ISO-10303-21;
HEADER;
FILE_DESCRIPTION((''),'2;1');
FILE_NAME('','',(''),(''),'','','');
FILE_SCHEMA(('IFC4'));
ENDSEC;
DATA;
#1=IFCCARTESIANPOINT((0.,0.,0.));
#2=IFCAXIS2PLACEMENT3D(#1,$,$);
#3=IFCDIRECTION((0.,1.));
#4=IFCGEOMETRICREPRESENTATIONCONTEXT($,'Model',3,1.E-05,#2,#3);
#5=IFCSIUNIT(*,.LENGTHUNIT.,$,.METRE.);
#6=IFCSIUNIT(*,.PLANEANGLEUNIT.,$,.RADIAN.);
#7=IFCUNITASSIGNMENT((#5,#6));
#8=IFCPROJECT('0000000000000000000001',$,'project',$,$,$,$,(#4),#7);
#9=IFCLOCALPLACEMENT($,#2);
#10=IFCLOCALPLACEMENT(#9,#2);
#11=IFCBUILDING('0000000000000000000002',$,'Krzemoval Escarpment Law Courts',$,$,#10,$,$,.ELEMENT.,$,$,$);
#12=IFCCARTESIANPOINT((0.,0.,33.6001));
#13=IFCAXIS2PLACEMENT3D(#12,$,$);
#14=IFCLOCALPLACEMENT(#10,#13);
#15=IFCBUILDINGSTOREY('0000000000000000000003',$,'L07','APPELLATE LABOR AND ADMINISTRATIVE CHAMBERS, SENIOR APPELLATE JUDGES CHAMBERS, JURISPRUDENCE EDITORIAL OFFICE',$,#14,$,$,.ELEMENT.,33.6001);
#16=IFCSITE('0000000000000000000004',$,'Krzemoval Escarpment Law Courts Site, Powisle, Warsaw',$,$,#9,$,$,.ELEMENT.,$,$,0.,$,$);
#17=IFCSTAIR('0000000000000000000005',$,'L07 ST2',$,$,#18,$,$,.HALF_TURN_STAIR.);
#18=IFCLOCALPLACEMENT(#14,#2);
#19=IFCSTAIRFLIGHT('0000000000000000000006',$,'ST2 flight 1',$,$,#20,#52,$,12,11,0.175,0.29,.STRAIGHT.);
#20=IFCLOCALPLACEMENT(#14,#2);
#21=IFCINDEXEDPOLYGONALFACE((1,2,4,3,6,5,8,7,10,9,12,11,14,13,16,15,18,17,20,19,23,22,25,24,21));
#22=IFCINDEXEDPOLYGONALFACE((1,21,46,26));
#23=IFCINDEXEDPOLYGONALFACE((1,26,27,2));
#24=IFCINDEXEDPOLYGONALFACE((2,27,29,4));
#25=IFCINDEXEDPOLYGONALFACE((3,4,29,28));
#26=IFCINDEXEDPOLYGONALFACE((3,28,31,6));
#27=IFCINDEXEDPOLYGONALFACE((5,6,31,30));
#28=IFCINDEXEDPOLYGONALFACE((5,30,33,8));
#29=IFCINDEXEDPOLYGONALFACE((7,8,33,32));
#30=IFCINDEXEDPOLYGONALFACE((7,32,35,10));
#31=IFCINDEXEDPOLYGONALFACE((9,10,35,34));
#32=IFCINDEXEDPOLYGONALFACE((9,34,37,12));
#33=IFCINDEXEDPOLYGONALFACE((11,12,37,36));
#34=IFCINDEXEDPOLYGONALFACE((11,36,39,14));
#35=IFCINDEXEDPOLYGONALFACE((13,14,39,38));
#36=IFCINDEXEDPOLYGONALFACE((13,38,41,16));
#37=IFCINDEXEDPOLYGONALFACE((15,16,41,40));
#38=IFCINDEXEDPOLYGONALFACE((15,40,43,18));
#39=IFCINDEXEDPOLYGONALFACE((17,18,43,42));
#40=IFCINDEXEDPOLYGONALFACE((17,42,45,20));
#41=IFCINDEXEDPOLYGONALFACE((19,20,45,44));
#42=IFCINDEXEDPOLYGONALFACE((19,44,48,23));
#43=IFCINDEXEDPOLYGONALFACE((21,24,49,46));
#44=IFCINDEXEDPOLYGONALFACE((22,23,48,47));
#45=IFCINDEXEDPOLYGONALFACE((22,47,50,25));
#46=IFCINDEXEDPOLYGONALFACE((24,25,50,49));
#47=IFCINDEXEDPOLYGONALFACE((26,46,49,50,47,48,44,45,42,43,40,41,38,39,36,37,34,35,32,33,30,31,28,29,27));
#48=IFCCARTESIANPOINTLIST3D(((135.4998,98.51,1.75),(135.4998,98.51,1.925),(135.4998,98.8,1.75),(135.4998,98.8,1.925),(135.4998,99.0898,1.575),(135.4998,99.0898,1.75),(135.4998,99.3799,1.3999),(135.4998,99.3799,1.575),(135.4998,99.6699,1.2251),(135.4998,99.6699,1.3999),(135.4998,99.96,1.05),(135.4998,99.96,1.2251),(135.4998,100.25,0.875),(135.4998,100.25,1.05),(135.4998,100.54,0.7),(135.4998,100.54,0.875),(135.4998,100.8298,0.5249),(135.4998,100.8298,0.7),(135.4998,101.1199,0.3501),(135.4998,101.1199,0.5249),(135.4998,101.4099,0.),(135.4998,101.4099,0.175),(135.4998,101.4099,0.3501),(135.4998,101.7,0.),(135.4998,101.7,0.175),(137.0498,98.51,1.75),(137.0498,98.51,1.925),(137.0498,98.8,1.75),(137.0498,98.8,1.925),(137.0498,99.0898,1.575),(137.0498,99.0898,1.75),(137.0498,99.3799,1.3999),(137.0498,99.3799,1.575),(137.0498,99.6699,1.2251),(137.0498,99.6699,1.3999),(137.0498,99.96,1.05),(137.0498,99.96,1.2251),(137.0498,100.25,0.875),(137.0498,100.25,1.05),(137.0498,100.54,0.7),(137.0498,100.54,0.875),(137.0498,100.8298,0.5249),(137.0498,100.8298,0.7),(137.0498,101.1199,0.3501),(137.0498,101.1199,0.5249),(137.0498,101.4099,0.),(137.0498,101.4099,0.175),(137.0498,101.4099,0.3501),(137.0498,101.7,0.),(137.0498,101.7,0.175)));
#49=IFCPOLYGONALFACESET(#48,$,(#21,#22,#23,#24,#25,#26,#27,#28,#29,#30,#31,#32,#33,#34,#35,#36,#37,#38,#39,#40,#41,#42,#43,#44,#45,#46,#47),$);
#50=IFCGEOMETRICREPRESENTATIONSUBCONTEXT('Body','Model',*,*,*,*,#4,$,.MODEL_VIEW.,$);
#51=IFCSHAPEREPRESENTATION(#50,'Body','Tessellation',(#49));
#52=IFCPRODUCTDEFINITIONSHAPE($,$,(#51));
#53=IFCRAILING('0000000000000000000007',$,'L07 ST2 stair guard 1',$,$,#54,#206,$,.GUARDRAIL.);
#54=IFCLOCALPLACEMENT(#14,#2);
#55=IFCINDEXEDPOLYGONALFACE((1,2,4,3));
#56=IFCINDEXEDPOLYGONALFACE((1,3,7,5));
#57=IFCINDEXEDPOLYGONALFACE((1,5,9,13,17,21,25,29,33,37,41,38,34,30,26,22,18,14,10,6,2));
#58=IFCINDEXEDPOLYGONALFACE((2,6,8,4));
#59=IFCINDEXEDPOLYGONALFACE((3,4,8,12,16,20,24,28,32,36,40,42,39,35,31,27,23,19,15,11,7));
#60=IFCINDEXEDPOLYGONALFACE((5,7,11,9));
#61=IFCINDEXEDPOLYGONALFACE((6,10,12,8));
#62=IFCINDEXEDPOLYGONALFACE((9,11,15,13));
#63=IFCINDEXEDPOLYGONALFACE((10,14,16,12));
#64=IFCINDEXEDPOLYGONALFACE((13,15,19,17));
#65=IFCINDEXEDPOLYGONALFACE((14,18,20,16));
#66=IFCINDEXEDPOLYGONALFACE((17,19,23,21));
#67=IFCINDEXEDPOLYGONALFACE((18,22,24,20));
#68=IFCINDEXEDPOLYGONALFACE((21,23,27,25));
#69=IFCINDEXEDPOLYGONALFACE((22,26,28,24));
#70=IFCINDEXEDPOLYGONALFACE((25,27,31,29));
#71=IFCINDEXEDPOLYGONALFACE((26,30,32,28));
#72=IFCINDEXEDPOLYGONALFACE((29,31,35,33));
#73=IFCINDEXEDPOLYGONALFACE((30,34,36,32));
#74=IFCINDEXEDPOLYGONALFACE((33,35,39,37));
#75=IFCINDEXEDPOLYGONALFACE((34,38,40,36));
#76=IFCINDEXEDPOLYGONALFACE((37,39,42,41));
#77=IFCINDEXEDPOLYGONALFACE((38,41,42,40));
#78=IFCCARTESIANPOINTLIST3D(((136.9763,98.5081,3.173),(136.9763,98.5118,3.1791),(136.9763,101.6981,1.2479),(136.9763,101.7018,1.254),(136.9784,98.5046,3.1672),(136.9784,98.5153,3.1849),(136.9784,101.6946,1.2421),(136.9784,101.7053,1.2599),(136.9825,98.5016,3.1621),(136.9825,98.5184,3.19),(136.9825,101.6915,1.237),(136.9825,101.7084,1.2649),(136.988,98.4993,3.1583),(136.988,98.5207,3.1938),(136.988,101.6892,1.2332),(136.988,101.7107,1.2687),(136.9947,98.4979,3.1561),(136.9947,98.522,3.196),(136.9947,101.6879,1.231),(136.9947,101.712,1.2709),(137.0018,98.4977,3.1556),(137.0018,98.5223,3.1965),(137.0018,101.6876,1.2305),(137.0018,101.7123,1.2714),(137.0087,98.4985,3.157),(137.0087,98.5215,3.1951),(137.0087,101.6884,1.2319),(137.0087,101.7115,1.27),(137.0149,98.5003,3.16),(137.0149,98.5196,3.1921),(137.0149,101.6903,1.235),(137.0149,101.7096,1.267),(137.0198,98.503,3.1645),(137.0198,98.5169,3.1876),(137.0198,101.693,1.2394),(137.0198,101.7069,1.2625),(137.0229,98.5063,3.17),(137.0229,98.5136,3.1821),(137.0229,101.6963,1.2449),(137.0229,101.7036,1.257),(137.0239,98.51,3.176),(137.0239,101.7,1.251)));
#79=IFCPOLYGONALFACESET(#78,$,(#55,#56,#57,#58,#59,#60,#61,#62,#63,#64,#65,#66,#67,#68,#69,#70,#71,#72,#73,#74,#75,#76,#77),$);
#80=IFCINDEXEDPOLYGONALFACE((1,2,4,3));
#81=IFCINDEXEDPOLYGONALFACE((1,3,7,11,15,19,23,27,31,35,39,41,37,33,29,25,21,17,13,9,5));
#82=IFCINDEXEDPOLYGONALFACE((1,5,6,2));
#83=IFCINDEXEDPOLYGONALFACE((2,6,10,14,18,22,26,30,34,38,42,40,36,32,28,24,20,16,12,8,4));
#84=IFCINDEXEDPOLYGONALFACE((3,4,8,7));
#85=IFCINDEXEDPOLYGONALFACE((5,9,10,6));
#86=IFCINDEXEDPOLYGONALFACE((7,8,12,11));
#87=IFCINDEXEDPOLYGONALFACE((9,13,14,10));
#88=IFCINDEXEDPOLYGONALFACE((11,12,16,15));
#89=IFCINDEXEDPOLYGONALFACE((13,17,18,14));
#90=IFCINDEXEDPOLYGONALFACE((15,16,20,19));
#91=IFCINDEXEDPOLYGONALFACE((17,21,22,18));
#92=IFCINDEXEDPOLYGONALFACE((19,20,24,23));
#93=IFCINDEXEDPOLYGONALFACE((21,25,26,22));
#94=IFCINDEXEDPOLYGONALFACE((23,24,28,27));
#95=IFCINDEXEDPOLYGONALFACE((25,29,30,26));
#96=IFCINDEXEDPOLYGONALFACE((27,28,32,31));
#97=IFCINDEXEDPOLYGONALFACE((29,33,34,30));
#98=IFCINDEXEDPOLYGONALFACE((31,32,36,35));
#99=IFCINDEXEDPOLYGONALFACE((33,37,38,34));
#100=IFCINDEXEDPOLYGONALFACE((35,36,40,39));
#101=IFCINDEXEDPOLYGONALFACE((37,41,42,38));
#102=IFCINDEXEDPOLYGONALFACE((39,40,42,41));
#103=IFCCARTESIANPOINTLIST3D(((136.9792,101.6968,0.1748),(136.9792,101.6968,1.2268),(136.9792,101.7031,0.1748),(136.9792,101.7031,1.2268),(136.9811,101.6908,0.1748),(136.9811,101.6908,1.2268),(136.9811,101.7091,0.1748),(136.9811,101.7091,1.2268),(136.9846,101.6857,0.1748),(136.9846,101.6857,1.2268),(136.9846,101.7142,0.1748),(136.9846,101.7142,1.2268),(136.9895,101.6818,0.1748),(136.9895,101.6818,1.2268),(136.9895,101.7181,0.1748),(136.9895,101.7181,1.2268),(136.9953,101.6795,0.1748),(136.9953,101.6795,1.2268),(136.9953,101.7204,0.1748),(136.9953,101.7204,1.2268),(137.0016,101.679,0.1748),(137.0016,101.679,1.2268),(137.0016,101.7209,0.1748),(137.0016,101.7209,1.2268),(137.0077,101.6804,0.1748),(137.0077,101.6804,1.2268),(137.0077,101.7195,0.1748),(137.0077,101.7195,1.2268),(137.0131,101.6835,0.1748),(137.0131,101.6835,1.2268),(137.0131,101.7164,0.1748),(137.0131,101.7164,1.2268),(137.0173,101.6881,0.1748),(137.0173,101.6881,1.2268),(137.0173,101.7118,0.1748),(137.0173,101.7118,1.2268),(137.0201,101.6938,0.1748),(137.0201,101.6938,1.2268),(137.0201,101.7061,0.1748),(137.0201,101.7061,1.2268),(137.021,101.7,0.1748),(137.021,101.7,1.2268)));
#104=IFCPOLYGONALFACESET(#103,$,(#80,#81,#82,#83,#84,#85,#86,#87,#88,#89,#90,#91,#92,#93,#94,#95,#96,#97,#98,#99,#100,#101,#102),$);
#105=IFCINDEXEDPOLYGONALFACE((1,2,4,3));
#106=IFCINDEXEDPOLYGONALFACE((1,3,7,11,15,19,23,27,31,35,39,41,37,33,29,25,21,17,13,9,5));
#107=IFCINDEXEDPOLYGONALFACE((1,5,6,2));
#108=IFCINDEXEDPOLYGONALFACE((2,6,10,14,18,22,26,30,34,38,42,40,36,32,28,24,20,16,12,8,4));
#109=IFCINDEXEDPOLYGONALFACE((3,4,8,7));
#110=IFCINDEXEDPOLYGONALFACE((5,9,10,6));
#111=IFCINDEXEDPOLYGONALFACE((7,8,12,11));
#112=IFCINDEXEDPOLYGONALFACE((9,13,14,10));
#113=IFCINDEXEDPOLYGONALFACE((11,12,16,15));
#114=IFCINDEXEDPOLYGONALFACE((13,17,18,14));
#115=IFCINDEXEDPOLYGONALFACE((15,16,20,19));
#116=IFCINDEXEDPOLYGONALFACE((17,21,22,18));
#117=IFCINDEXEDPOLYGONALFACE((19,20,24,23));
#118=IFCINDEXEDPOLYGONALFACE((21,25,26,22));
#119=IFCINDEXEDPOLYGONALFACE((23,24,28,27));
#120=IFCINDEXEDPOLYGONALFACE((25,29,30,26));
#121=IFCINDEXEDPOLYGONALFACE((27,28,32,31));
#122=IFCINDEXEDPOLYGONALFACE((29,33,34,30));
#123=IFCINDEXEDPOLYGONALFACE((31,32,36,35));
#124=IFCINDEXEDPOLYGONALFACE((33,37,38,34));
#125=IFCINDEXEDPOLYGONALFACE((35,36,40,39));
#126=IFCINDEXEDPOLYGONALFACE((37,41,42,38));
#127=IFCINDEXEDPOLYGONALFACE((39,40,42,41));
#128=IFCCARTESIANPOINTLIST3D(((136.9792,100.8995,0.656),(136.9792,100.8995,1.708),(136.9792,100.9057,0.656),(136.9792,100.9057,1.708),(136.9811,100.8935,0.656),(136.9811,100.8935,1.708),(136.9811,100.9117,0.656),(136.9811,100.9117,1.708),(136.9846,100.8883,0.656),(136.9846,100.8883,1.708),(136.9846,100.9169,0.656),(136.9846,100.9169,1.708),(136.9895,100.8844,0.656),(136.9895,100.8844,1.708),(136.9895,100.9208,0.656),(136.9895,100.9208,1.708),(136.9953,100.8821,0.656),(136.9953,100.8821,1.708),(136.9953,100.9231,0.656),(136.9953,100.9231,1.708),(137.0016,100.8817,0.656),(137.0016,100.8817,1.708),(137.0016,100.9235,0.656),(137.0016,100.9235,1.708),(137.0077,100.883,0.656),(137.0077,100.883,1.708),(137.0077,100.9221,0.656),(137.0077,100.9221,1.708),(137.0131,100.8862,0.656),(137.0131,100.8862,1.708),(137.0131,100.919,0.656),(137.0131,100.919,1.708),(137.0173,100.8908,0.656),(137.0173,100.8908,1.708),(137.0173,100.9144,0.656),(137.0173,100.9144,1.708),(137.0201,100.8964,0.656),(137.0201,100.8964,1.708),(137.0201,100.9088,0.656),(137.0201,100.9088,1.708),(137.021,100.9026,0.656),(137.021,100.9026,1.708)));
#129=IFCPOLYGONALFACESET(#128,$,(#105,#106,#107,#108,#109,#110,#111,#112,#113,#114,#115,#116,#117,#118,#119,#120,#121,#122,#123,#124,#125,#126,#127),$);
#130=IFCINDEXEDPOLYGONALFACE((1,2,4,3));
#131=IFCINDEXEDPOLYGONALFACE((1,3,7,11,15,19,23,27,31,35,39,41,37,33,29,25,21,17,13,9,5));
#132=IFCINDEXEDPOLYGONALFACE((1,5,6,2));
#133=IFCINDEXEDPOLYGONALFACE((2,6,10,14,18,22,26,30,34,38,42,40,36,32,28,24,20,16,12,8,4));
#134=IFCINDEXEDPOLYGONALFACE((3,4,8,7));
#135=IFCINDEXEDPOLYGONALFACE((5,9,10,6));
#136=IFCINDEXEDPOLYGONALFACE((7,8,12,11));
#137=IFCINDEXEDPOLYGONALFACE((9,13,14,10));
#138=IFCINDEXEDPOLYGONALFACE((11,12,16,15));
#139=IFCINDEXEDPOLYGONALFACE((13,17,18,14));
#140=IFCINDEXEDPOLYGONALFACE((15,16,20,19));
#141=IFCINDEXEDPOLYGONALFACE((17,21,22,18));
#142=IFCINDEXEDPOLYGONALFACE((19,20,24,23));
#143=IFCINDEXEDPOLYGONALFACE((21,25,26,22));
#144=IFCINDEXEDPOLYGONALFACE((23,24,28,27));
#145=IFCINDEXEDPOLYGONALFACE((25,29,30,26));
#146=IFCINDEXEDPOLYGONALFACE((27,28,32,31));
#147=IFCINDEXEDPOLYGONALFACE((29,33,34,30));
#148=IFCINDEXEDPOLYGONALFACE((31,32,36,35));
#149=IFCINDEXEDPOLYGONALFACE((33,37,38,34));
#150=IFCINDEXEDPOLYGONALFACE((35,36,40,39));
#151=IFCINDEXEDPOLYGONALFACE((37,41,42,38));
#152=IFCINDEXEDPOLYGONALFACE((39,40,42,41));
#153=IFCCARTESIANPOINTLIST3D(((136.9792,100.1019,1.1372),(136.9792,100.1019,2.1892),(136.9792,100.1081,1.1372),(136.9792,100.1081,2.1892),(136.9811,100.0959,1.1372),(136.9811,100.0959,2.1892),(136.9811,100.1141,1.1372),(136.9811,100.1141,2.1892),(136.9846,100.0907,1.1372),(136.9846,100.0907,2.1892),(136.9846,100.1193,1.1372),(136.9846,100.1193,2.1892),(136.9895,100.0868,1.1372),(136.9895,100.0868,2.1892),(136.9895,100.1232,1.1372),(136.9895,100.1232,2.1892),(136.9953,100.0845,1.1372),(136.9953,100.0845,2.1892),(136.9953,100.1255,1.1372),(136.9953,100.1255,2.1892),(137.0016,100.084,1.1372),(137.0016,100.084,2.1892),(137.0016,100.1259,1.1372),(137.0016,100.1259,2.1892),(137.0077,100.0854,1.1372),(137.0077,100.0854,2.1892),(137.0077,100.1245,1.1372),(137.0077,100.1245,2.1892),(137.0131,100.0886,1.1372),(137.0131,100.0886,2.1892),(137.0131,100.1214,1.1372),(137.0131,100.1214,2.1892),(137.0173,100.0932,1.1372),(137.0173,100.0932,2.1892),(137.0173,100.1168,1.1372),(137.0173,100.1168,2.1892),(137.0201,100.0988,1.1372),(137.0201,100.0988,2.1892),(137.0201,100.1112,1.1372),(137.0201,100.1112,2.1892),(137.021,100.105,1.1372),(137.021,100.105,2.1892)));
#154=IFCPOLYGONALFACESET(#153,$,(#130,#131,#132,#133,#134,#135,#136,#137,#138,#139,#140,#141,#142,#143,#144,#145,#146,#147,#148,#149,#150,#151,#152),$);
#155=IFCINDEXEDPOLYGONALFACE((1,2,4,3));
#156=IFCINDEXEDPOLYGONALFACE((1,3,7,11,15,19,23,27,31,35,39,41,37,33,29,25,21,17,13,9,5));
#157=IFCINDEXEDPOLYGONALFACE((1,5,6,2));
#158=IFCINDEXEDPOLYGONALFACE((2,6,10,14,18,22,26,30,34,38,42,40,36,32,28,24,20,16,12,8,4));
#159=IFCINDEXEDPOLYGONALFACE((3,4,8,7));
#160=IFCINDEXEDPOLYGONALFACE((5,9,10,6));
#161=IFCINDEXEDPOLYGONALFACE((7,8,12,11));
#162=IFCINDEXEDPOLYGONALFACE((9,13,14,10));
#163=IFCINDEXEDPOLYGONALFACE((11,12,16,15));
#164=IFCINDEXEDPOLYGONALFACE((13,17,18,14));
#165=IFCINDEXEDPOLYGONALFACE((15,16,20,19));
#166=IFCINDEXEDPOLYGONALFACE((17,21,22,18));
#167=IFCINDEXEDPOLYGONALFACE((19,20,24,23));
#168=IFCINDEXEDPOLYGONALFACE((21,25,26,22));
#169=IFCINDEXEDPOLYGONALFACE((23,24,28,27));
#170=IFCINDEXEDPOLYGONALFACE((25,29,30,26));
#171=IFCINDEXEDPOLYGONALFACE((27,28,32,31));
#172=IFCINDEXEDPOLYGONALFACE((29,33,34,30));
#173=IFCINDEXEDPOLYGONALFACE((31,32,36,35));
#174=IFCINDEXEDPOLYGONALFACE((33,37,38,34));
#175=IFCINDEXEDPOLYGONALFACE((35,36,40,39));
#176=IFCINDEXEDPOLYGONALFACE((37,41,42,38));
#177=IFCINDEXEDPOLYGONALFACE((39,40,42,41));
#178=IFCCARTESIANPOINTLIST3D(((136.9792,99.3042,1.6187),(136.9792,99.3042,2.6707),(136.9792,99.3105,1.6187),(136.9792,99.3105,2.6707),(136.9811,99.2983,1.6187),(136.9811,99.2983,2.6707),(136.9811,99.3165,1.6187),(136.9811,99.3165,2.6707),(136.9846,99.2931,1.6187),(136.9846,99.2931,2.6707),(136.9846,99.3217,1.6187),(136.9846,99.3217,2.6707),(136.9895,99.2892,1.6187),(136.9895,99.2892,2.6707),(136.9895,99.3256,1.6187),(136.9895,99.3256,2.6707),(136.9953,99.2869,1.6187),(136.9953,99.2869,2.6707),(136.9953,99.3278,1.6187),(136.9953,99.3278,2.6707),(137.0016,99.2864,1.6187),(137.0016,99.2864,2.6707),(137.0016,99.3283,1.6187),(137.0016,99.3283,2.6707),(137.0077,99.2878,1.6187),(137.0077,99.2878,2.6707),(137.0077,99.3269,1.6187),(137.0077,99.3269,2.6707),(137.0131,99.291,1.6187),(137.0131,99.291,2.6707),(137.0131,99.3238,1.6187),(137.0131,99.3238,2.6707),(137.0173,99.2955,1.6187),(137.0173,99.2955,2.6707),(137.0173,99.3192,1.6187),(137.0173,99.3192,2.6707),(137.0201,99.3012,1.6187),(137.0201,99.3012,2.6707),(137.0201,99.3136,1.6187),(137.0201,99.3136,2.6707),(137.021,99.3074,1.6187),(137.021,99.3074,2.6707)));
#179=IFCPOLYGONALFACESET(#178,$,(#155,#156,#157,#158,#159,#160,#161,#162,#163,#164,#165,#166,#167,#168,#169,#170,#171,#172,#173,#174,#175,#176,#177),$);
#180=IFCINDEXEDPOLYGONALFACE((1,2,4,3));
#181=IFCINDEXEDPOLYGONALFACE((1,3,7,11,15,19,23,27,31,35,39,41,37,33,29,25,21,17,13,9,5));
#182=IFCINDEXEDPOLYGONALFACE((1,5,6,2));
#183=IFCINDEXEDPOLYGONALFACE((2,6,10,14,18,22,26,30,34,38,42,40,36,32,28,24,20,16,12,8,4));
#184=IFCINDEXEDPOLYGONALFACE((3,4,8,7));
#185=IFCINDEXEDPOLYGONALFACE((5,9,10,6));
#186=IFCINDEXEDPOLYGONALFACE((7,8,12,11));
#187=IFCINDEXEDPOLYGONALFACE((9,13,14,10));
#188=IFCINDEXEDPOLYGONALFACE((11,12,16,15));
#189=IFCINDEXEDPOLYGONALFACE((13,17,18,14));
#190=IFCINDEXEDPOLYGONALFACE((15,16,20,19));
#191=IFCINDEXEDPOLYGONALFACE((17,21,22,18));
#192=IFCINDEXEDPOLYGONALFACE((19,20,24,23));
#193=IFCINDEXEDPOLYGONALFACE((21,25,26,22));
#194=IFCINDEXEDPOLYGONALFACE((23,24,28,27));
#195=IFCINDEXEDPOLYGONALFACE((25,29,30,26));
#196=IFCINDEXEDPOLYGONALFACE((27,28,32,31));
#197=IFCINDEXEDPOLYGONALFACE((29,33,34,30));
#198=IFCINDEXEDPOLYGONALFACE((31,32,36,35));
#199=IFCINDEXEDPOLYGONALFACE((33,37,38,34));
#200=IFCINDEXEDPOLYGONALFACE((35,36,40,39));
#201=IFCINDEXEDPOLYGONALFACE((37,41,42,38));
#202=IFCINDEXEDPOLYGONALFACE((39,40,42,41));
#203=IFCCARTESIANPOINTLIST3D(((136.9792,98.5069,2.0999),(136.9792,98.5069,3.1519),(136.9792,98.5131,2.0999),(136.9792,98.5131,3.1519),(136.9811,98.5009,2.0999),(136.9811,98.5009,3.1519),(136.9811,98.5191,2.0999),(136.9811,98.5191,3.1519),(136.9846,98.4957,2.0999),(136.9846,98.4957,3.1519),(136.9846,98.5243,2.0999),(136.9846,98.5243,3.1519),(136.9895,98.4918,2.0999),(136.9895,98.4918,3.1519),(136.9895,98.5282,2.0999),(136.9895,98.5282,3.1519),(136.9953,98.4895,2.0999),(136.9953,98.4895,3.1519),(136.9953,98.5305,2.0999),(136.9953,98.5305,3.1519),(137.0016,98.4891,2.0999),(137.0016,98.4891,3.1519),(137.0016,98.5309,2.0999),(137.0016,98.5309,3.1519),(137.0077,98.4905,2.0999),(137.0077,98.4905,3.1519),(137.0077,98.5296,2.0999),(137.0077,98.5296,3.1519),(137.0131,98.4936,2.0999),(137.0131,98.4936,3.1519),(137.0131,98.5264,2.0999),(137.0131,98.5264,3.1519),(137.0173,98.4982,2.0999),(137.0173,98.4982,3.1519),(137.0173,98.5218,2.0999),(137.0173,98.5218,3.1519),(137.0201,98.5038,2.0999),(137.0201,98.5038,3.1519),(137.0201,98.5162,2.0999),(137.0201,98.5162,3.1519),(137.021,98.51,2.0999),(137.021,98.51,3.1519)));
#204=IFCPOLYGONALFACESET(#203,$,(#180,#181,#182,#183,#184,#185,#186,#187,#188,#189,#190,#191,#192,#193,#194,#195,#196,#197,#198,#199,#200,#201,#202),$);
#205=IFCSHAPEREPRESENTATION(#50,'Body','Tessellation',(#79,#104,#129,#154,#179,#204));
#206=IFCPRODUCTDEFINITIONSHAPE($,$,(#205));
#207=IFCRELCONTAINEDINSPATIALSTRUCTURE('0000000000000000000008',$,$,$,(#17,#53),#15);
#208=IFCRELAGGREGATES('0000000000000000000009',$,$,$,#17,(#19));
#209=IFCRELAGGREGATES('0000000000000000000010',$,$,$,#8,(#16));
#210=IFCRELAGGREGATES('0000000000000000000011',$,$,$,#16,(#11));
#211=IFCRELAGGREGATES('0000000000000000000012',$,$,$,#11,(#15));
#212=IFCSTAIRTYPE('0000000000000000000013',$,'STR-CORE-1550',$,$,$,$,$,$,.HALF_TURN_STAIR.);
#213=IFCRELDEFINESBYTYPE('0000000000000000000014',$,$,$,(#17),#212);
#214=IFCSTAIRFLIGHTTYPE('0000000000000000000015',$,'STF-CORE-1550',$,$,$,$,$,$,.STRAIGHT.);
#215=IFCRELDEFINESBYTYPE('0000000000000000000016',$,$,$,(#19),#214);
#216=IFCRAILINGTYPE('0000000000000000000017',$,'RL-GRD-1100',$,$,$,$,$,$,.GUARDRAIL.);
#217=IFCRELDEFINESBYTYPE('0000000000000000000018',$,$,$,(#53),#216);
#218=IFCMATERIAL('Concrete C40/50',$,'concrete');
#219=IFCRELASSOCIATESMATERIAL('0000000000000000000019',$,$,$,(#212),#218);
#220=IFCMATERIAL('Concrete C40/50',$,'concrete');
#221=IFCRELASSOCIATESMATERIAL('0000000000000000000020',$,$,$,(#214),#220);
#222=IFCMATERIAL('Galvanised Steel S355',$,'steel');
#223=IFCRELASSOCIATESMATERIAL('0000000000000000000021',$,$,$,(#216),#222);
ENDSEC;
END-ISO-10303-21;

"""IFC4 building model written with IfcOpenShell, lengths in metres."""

from ifc_helpers import new_model, si_unit, direction, frame, origin, origin_2d, place, context, subcontext, project, spatial, polyline, circle, outline, extrude, material, type_object, element, aggregate, save


model = new_model("IFC4")

# Units and contexts
model_context = context("Model", 3, precision=1e-05, world=origin(), true_north=direction((0.0, 1.0)))
body_context = subcontext(model_context, "Body", "Model", "MODEL_VIEW")
ifc_project = project(units=[si_unit("LENGTHUNIT", "METRE"), si_unit("PLANEANGLEUNIT", "RADIAN")], contexts=[model_context])

# Site, building, storey
site_placement = place(None, origin())
site = spatial("IfcSite", under=ifc_project, at=site_placement, Name="Krzemoval Escarpment Law Courts Site, Powisle, Warsaw", CompositionType="ELEMENT", RefElevation=0.0)
building_placement = place(site_placement, origin())
building = spatial("IfcBuilding", under=site, at=building_placement, Name="Krzemoval Escarpment Law Courts", CompositionType="ELEMENT")
storey_placement = place(building_placement, frame((0.0, 0.0, 33.6001)))
storey = spatial("IfcBuildingStorey", under=building, at=storey_placement, Name="L07", Description="APPELLATE LABOR AND ADMINISTRATIVE CHAMBERS, SENIOR APPELLATE JUDGES CHAMBERS, JURISPRUDENCE EDITORIAL OFFICE", CompositionType="ELEMENT", Elevation=33.6001)

# Stair, stair flight
ifc_material_1 = material(Name="Concrete C40/50", Category="concrete")
stair_type = type_object("IfcStairType", Name="STR-CORE-1550", PredefinedType="HALF_TURN_STAIR", material=ifc_material_1)
stair_placement = place(storey_placement, origin())
stair = element("IfcStair", 1, at=stair_placement, inside=storey, type_object=stair_type, Name="L07 ST2", PredefinedType="HALF_TURN_STAIR")
ifc_material_2 = material(Name="Concrete C40/50", Category="concrete")
stair_flight_type = type_object("IfcStairFlightType", Name="STF-CORE-1550", PredefinedType="STRAIGHT", material=ifc_material_2)
stair_flight_placement = place(storey_placement, frame((136.2749, 101.7, 0.0), z_axis=(0.0, 0.0, 1.0), x_axis=(0.0, -1.0, 0.0)))
stair_flight = element("IfcStairFlight", 2, at=stair_flight_placement, type_object=stair_flight_type, Name="ST2 flight 1", NumberOfRisers=12, NumberOfTreads=11, PredefinedType="STRAIGHT", RiserHeight=0.175, TreadLength=0.29, context=body_context, shape_type="SweptSolid", body=[
    extrude(outline(polyline([(0.0, 0.0), (0.0, 0.175), (0.29, 0.175), (0.29, 0.3501), (0.5801, 0.3501), (0.5801, 0.5249), (0.8701, 0.5249), (0.8701, 0.7), (1.1599, 0.7), (1.1599, 0.875), (1.45, 0.875), (1.45, 1.05), (1.74, 1.05), (1.74, 1.2251), (2.03, 1.2251), (2.03, 1.3999), (2.3201, 1.3999), (2.3201, 1.575), (2.6101, 1.575), (2.6101, 1.75), (2.8999, 1.75), (2.8999, 1.925), (3.1899, 1.925), (3.1899, 2.1001), (3.1899, 1.75), (0.29, 0.0), (0.0, 0.0)])), frame((0.0, 0.7749, 0.0), z_axis=(0.0, -1.0, 0.0), x_axis=(1.0, 0.0, 0.0)), (0.0, 0.0, 1.0), 1.55),
])
aggregate(stair, [stair_flight])

# Railing
ifc_material_3 = material(Name="Galvanised Steel S355", Category="steel")
railing_type_1 = type_object("IfcRailingType", Name="RL-GRD-1100", PredefinedType="GUARDRAIL", material=ifc_material_3)
railing_1_placement = place(storey_placement, frame((137.0, 101.7, 0.1748)))
element("IfcRailing", 3, at=railing_1_placement, inside=storey, type_object=railing_type_1, Name="L07 ST2 stair guard 1", PredefinedType="GUARDRAIL", context=body_context, shape_type="SweptSolid", body=[
    extrude(circle(Radius=0.0239, at=origin_2d()), frame((0.0, 0.0, 1.0762), z_axis=(0.0, -0.856178, 0.516682), x_axis=(1.0, 0.0, 0.0)), (0.0, 0.0, 1.0), 3.7258),
    extrude(circle(Radius=0.021, at=origin_2d()), origin(), (0.0, 0.0, 1.0), 1.052),
    extrude(circle(Radius=0.021, at=origin_2d()), frame((0.0, -0.7974, 0.4812)), (0.0, 0.0, 1.0), 1.052),
    extrude(circle(Radius=0.021, at=origin_2d()), frame((0.0, -1.595, 0.9624)), (0.0, 0.0, 1.0), 1.052),
    extrude(circle(Radius=0.021, at=origin_2d()), frame((0.0, -2.3926, 1.4438)), (0.0, 0.0, 1.0), 1.052),
    extrude(circle(Radius=0.021, at=origin_2d()), frame((0.0, -3.1899, 1.925)), (0.0, 0.0, 1.0), 1.052),
])

save(model, "model.ifc")
